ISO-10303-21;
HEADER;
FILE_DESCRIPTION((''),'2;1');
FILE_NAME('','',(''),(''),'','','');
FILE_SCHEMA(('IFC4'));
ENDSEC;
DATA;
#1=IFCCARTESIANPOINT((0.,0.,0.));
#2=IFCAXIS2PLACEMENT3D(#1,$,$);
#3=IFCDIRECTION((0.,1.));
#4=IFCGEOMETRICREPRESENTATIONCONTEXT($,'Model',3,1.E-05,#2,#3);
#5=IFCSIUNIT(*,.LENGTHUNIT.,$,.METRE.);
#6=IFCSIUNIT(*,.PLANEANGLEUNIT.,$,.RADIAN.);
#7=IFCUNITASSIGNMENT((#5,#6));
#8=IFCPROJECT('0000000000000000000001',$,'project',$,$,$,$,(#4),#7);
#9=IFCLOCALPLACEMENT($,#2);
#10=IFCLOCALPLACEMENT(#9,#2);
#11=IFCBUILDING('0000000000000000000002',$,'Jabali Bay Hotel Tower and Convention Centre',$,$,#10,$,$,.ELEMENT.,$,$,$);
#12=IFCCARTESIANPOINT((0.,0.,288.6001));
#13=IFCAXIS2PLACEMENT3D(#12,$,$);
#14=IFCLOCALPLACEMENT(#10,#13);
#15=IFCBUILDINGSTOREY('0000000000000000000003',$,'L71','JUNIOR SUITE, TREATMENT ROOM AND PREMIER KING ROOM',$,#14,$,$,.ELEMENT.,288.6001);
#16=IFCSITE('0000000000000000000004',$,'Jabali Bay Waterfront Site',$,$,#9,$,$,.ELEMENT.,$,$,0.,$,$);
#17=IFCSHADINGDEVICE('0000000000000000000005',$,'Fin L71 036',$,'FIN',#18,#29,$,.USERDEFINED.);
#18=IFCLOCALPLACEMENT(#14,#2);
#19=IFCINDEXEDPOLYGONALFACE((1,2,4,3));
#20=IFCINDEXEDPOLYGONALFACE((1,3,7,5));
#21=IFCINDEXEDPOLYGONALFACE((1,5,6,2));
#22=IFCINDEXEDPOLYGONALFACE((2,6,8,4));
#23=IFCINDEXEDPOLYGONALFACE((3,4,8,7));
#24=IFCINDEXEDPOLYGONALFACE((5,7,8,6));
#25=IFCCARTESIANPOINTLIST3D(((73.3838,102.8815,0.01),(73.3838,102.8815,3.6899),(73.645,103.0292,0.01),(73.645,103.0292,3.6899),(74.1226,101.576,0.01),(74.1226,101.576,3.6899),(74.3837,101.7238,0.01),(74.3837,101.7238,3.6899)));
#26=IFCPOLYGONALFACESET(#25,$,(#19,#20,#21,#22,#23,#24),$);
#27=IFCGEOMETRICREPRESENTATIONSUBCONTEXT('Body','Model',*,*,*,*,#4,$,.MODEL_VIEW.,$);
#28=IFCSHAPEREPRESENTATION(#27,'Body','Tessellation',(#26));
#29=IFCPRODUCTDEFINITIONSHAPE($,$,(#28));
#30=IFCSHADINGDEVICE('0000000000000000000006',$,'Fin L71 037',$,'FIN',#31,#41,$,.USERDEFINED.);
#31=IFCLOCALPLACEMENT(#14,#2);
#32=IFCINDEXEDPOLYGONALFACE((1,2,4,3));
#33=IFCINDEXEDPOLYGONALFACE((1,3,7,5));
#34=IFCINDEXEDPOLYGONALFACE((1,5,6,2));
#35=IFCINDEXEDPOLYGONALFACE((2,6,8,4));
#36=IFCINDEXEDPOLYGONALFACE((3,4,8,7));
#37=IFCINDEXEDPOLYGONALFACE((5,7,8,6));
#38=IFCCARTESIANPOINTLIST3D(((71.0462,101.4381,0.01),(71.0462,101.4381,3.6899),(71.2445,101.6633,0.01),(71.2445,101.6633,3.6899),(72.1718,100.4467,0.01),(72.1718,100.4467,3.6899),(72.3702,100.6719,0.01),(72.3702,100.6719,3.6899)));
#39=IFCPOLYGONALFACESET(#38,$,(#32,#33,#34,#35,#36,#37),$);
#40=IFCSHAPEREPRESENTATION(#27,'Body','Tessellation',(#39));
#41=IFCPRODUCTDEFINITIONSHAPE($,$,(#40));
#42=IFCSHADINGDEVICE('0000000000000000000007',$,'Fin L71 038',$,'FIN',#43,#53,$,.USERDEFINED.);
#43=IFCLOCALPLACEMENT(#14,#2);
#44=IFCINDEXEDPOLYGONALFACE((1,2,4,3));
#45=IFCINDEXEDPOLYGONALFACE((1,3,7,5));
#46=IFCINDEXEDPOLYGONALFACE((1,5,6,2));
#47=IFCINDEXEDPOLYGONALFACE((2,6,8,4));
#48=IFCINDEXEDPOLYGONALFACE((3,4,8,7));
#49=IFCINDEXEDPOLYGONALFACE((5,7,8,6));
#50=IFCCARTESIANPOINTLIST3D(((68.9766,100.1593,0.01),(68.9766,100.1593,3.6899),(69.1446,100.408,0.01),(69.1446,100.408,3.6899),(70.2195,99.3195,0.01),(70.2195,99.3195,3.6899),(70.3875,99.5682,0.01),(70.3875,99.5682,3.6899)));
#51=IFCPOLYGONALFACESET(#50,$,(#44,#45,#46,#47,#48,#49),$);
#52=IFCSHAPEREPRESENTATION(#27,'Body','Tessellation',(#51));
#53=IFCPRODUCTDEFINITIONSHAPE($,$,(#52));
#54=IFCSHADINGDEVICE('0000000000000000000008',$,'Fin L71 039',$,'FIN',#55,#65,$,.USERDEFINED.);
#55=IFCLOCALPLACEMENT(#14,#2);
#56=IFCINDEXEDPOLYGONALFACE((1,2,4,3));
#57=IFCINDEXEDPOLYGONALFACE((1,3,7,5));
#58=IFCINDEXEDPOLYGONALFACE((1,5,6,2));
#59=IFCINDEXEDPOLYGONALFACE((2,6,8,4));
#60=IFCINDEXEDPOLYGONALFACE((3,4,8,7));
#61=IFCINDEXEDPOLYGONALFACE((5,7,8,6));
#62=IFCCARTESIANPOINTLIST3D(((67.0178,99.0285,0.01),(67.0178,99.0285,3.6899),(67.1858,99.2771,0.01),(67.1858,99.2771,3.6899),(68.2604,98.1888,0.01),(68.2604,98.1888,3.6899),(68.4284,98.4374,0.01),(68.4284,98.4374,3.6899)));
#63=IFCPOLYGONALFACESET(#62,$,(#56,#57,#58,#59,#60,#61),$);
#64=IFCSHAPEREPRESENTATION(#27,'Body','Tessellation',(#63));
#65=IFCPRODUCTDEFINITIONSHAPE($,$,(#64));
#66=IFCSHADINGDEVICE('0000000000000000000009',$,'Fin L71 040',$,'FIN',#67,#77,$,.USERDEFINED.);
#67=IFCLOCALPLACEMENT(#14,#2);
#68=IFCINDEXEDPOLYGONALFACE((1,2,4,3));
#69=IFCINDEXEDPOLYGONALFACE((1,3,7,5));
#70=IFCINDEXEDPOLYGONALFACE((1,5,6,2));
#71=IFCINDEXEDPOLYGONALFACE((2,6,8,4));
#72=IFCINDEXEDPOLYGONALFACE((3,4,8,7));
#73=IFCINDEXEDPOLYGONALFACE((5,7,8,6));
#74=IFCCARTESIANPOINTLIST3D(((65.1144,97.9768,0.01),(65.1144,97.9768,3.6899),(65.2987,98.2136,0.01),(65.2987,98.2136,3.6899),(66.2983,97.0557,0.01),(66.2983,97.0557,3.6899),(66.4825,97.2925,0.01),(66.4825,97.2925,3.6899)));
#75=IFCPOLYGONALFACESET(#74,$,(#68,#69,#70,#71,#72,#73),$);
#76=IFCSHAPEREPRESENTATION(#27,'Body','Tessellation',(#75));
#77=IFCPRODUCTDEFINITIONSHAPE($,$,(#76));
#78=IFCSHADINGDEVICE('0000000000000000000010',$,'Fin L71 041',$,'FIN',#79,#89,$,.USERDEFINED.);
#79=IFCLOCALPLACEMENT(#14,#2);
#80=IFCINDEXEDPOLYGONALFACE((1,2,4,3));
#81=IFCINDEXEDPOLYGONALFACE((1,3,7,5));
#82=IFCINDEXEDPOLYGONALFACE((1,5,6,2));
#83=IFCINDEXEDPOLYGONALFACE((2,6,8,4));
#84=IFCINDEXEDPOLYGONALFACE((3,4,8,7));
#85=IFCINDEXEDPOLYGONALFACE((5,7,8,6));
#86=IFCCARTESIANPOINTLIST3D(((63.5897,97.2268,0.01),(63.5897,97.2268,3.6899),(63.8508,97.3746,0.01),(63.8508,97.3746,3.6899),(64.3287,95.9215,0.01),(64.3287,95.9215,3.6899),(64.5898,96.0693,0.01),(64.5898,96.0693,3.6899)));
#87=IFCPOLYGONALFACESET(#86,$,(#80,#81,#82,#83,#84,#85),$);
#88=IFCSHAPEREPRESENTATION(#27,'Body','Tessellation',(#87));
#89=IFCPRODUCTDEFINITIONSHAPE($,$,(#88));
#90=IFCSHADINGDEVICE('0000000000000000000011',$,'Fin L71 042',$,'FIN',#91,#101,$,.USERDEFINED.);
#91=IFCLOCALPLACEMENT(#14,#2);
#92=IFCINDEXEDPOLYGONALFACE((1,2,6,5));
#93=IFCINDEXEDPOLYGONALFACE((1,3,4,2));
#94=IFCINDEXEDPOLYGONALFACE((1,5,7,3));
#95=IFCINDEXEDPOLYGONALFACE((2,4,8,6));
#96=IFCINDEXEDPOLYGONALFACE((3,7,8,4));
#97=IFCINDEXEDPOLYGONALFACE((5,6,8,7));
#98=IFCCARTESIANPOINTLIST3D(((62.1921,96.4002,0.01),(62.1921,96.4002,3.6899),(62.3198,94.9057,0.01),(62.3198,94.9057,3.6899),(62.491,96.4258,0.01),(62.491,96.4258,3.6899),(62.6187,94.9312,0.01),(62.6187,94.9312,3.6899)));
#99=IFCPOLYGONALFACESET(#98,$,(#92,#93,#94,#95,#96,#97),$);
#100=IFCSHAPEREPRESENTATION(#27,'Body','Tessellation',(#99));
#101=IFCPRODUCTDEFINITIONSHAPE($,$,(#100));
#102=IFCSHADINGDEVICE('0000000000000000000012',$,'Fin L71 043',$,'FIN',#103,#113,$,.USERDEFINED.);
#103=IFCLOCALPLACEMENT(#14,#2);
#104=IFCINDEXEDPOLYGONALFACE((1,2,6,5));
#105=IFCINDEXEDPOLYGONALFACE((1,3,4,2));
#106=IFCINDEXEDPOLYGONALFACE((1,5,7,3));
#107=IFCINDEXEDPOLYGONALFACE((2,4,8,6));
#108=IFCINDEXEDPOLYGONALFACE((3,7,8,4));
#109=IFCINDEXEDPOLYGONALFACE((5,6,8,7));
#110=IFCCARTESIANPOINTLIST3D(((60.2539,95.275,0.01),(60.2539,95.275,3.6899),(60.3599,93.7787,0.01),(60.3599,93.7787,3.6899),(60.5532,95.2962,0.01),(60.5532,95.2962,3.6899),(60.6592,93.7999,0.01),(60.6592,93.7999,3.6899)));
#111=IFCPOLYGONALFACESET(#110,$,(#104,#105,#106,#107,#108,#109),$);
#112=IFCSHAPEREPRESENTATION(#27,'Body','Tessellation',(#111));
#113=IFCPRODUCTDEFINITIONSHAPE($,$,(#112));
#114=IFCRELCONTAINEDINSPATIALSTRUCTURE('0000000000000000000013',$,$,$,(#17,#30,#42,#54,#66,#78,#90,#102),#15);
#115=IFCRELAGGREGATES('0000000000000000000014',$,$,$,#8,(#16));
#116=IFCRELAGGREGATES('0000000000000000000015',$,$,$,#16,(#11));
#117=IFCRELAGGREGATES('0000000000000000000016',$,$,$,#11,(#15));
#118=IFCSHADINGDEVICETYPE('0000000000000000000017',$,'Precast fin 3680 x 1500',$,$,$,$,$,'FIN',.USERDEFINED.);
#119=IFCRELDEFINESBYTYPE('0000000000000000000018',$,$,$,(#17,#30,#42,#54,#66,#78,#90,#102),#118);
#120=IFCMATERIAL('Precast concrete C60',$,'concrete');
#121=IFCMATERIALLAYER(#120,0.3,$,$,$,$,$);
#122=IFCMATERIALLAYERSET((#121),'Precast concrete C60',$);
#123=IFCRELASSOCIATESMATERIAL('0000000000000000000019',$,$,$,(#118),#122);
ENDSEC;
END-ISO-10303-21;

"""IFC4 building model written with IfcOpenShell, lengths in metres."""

from ifc_helpers import new_model, si_unit, direction, frame, frame_2d, origin, place, context, subcontext, project, spatial, rectangle, extrude, material, layer, layer_set, type_object, element, save


model = new_model("IFC4")

# Units and contexts
model_context = context("Model", 3, precision=1e-05, world=origin(), true_north=direction((0.0, 1.0)))
body_context = subcontext(model_context, "Body", "Model", "MODEL_VIEW")
ifc_project = project(units=[si_unit("LENGTHUNIT", "METRE"), si_unit("PLANEANGLEUNIT", "RADIAN")], contexts=[model_context])

# Site, building, storey
site_placement = place(None, origin())
site = spatial("IfcSite", under=ifc_project, at=site_placement, Name="Jabali Bay Waterfront Site", CompositionType="ELEMENT", RefElevation=0.0)
building_placement = place(site_placement, origin())
building = spatial("IfcBuilding", under=site, at=building_placement, Name="Jabali Bay Hotel Tower and Convention Centre", CompositionType="ELEMENT")
storey_placement = place(building_placement, frame((0.0, 0.0, 288.6001)))
storey = spatial("IfcBuildingStorey", under=building, at=storey_placement, Name="L71", Description="JUNIOR SUITE, TREATMENT ROOM AND PREMIER KING ROOM", CompositionType="ELEMENT", Elevation=288.6001)

# Shading devices
ifc_material_1 = material(Name="Precast concrete C60", Category="concrete")
ifc_layer_1 = layer(ifc_material_1, 0.3)
ifc_layer_set_1 = layer_set([ifc_layer_1], Name="Precast concrete C60")
shading_device_type = type_object("IfcShadingDeviceType", Name="Precast fin 3680 x 1500", ElementType="FIN", PredefinedType="USERDEFINED", material=ifc_layer_set_1)
for number, where, z_axis, x_axis, name in (
    (1, (74.2532, 101.6499, 0.01), (0.0, 0.0, 1.0), (-0.492524, 0.870299, 0.0), "Fin L71 036"),
    (2, (72.271, 100.5593, 0.01), (0.0, 0.0, 1.0), (-0.750445, 0.660932, 0.0), "Fin L71 037"),
    (3, (70.3035, 99.4438, 0.01), (0.0, 0.0, 1.0), (-0.828579, 0.559873, 0.0), "Fin L71 038"),
):
    element("IfcShadingDevice", number, at=place(storey_placement, frame(where, z_axis=z_axis, x_axis=x_axis)), inside=storey, type_object=shading_device_type, Name=name, ObjectType="FIN", PredefinedType="USERDEFINED", context=body_context, shape_type="SweptSolid", body=[
        extrude(rectangle(XDim=1.5, YDim=0.3, at=frame_2d((0.75, 0.0))), origin(), (0.0, 0.0, 1.0), 3.6799),
    ])
shading_device_1_placement = place(storey_placement, frame((68.3445, 98.313, 0.01), z_axis=(0.0, 0.0, 1.0), x_axis=(-0.828528, 0.559948, 0.0)))
element("IfcShadingDevice", 4, at=shading_device_1_placement, inside=storey, type_object=shading_device_type, Name="Fin L71 039", ObjectType="FIN", PredefinedType="USERDEFINED", context=body_context, shape_type="SweptSolid", body=[
    extrude(rectangle(XDim=1.4998, YDim=0.3, at=frame_2d((0.75, 0.0))), origin(), (0.0, 0.0, 1.0), 3.6799),
])
for number, where, z_axis, x_axis, name in (
    (5, (66.3904, 97.1741, 0.01), (0.0, 0.0, 1.0), (-0.78923, 0.614098, 0.0), "Fin L71 040"),
    (6, (64.4592, 95.9954, 0.01), (0.0, 0.0, 1.0), (-0.492647, 0.870229, 0.0), "Fin L71 041"),
    (7, (62.4692, 94.9185, 0.01), (0.0, 0.0, 1.0), (-0.08512, 0.996371, 0.0), "Fin L71 042"),
    (8, (60.5095, 93.7893, 0.01), (0.0, 0.0, 1.0), (-0.070634, 0.997502, 0.0), "Fin L71 043"),
):
    element("IfcShadingDevice", number, at=place(storey_placement, frame(where, z_axis=z_axis, x_axis=x_axis)), inside=storey, type_object=shading_device_type, Name=name, ObjectType="FIN", PredefinedType="USERDEFINED", context=body_context, shape_type="SweptSolid", body=[
        extrude(rectangle(XDim=1.5, YDim=0.3, at=frame_2d((0.75, 0.0))), origin(), (0.0, 0.0, 1.0), 3.6799),
    ])

save(model, "model.ifc")
